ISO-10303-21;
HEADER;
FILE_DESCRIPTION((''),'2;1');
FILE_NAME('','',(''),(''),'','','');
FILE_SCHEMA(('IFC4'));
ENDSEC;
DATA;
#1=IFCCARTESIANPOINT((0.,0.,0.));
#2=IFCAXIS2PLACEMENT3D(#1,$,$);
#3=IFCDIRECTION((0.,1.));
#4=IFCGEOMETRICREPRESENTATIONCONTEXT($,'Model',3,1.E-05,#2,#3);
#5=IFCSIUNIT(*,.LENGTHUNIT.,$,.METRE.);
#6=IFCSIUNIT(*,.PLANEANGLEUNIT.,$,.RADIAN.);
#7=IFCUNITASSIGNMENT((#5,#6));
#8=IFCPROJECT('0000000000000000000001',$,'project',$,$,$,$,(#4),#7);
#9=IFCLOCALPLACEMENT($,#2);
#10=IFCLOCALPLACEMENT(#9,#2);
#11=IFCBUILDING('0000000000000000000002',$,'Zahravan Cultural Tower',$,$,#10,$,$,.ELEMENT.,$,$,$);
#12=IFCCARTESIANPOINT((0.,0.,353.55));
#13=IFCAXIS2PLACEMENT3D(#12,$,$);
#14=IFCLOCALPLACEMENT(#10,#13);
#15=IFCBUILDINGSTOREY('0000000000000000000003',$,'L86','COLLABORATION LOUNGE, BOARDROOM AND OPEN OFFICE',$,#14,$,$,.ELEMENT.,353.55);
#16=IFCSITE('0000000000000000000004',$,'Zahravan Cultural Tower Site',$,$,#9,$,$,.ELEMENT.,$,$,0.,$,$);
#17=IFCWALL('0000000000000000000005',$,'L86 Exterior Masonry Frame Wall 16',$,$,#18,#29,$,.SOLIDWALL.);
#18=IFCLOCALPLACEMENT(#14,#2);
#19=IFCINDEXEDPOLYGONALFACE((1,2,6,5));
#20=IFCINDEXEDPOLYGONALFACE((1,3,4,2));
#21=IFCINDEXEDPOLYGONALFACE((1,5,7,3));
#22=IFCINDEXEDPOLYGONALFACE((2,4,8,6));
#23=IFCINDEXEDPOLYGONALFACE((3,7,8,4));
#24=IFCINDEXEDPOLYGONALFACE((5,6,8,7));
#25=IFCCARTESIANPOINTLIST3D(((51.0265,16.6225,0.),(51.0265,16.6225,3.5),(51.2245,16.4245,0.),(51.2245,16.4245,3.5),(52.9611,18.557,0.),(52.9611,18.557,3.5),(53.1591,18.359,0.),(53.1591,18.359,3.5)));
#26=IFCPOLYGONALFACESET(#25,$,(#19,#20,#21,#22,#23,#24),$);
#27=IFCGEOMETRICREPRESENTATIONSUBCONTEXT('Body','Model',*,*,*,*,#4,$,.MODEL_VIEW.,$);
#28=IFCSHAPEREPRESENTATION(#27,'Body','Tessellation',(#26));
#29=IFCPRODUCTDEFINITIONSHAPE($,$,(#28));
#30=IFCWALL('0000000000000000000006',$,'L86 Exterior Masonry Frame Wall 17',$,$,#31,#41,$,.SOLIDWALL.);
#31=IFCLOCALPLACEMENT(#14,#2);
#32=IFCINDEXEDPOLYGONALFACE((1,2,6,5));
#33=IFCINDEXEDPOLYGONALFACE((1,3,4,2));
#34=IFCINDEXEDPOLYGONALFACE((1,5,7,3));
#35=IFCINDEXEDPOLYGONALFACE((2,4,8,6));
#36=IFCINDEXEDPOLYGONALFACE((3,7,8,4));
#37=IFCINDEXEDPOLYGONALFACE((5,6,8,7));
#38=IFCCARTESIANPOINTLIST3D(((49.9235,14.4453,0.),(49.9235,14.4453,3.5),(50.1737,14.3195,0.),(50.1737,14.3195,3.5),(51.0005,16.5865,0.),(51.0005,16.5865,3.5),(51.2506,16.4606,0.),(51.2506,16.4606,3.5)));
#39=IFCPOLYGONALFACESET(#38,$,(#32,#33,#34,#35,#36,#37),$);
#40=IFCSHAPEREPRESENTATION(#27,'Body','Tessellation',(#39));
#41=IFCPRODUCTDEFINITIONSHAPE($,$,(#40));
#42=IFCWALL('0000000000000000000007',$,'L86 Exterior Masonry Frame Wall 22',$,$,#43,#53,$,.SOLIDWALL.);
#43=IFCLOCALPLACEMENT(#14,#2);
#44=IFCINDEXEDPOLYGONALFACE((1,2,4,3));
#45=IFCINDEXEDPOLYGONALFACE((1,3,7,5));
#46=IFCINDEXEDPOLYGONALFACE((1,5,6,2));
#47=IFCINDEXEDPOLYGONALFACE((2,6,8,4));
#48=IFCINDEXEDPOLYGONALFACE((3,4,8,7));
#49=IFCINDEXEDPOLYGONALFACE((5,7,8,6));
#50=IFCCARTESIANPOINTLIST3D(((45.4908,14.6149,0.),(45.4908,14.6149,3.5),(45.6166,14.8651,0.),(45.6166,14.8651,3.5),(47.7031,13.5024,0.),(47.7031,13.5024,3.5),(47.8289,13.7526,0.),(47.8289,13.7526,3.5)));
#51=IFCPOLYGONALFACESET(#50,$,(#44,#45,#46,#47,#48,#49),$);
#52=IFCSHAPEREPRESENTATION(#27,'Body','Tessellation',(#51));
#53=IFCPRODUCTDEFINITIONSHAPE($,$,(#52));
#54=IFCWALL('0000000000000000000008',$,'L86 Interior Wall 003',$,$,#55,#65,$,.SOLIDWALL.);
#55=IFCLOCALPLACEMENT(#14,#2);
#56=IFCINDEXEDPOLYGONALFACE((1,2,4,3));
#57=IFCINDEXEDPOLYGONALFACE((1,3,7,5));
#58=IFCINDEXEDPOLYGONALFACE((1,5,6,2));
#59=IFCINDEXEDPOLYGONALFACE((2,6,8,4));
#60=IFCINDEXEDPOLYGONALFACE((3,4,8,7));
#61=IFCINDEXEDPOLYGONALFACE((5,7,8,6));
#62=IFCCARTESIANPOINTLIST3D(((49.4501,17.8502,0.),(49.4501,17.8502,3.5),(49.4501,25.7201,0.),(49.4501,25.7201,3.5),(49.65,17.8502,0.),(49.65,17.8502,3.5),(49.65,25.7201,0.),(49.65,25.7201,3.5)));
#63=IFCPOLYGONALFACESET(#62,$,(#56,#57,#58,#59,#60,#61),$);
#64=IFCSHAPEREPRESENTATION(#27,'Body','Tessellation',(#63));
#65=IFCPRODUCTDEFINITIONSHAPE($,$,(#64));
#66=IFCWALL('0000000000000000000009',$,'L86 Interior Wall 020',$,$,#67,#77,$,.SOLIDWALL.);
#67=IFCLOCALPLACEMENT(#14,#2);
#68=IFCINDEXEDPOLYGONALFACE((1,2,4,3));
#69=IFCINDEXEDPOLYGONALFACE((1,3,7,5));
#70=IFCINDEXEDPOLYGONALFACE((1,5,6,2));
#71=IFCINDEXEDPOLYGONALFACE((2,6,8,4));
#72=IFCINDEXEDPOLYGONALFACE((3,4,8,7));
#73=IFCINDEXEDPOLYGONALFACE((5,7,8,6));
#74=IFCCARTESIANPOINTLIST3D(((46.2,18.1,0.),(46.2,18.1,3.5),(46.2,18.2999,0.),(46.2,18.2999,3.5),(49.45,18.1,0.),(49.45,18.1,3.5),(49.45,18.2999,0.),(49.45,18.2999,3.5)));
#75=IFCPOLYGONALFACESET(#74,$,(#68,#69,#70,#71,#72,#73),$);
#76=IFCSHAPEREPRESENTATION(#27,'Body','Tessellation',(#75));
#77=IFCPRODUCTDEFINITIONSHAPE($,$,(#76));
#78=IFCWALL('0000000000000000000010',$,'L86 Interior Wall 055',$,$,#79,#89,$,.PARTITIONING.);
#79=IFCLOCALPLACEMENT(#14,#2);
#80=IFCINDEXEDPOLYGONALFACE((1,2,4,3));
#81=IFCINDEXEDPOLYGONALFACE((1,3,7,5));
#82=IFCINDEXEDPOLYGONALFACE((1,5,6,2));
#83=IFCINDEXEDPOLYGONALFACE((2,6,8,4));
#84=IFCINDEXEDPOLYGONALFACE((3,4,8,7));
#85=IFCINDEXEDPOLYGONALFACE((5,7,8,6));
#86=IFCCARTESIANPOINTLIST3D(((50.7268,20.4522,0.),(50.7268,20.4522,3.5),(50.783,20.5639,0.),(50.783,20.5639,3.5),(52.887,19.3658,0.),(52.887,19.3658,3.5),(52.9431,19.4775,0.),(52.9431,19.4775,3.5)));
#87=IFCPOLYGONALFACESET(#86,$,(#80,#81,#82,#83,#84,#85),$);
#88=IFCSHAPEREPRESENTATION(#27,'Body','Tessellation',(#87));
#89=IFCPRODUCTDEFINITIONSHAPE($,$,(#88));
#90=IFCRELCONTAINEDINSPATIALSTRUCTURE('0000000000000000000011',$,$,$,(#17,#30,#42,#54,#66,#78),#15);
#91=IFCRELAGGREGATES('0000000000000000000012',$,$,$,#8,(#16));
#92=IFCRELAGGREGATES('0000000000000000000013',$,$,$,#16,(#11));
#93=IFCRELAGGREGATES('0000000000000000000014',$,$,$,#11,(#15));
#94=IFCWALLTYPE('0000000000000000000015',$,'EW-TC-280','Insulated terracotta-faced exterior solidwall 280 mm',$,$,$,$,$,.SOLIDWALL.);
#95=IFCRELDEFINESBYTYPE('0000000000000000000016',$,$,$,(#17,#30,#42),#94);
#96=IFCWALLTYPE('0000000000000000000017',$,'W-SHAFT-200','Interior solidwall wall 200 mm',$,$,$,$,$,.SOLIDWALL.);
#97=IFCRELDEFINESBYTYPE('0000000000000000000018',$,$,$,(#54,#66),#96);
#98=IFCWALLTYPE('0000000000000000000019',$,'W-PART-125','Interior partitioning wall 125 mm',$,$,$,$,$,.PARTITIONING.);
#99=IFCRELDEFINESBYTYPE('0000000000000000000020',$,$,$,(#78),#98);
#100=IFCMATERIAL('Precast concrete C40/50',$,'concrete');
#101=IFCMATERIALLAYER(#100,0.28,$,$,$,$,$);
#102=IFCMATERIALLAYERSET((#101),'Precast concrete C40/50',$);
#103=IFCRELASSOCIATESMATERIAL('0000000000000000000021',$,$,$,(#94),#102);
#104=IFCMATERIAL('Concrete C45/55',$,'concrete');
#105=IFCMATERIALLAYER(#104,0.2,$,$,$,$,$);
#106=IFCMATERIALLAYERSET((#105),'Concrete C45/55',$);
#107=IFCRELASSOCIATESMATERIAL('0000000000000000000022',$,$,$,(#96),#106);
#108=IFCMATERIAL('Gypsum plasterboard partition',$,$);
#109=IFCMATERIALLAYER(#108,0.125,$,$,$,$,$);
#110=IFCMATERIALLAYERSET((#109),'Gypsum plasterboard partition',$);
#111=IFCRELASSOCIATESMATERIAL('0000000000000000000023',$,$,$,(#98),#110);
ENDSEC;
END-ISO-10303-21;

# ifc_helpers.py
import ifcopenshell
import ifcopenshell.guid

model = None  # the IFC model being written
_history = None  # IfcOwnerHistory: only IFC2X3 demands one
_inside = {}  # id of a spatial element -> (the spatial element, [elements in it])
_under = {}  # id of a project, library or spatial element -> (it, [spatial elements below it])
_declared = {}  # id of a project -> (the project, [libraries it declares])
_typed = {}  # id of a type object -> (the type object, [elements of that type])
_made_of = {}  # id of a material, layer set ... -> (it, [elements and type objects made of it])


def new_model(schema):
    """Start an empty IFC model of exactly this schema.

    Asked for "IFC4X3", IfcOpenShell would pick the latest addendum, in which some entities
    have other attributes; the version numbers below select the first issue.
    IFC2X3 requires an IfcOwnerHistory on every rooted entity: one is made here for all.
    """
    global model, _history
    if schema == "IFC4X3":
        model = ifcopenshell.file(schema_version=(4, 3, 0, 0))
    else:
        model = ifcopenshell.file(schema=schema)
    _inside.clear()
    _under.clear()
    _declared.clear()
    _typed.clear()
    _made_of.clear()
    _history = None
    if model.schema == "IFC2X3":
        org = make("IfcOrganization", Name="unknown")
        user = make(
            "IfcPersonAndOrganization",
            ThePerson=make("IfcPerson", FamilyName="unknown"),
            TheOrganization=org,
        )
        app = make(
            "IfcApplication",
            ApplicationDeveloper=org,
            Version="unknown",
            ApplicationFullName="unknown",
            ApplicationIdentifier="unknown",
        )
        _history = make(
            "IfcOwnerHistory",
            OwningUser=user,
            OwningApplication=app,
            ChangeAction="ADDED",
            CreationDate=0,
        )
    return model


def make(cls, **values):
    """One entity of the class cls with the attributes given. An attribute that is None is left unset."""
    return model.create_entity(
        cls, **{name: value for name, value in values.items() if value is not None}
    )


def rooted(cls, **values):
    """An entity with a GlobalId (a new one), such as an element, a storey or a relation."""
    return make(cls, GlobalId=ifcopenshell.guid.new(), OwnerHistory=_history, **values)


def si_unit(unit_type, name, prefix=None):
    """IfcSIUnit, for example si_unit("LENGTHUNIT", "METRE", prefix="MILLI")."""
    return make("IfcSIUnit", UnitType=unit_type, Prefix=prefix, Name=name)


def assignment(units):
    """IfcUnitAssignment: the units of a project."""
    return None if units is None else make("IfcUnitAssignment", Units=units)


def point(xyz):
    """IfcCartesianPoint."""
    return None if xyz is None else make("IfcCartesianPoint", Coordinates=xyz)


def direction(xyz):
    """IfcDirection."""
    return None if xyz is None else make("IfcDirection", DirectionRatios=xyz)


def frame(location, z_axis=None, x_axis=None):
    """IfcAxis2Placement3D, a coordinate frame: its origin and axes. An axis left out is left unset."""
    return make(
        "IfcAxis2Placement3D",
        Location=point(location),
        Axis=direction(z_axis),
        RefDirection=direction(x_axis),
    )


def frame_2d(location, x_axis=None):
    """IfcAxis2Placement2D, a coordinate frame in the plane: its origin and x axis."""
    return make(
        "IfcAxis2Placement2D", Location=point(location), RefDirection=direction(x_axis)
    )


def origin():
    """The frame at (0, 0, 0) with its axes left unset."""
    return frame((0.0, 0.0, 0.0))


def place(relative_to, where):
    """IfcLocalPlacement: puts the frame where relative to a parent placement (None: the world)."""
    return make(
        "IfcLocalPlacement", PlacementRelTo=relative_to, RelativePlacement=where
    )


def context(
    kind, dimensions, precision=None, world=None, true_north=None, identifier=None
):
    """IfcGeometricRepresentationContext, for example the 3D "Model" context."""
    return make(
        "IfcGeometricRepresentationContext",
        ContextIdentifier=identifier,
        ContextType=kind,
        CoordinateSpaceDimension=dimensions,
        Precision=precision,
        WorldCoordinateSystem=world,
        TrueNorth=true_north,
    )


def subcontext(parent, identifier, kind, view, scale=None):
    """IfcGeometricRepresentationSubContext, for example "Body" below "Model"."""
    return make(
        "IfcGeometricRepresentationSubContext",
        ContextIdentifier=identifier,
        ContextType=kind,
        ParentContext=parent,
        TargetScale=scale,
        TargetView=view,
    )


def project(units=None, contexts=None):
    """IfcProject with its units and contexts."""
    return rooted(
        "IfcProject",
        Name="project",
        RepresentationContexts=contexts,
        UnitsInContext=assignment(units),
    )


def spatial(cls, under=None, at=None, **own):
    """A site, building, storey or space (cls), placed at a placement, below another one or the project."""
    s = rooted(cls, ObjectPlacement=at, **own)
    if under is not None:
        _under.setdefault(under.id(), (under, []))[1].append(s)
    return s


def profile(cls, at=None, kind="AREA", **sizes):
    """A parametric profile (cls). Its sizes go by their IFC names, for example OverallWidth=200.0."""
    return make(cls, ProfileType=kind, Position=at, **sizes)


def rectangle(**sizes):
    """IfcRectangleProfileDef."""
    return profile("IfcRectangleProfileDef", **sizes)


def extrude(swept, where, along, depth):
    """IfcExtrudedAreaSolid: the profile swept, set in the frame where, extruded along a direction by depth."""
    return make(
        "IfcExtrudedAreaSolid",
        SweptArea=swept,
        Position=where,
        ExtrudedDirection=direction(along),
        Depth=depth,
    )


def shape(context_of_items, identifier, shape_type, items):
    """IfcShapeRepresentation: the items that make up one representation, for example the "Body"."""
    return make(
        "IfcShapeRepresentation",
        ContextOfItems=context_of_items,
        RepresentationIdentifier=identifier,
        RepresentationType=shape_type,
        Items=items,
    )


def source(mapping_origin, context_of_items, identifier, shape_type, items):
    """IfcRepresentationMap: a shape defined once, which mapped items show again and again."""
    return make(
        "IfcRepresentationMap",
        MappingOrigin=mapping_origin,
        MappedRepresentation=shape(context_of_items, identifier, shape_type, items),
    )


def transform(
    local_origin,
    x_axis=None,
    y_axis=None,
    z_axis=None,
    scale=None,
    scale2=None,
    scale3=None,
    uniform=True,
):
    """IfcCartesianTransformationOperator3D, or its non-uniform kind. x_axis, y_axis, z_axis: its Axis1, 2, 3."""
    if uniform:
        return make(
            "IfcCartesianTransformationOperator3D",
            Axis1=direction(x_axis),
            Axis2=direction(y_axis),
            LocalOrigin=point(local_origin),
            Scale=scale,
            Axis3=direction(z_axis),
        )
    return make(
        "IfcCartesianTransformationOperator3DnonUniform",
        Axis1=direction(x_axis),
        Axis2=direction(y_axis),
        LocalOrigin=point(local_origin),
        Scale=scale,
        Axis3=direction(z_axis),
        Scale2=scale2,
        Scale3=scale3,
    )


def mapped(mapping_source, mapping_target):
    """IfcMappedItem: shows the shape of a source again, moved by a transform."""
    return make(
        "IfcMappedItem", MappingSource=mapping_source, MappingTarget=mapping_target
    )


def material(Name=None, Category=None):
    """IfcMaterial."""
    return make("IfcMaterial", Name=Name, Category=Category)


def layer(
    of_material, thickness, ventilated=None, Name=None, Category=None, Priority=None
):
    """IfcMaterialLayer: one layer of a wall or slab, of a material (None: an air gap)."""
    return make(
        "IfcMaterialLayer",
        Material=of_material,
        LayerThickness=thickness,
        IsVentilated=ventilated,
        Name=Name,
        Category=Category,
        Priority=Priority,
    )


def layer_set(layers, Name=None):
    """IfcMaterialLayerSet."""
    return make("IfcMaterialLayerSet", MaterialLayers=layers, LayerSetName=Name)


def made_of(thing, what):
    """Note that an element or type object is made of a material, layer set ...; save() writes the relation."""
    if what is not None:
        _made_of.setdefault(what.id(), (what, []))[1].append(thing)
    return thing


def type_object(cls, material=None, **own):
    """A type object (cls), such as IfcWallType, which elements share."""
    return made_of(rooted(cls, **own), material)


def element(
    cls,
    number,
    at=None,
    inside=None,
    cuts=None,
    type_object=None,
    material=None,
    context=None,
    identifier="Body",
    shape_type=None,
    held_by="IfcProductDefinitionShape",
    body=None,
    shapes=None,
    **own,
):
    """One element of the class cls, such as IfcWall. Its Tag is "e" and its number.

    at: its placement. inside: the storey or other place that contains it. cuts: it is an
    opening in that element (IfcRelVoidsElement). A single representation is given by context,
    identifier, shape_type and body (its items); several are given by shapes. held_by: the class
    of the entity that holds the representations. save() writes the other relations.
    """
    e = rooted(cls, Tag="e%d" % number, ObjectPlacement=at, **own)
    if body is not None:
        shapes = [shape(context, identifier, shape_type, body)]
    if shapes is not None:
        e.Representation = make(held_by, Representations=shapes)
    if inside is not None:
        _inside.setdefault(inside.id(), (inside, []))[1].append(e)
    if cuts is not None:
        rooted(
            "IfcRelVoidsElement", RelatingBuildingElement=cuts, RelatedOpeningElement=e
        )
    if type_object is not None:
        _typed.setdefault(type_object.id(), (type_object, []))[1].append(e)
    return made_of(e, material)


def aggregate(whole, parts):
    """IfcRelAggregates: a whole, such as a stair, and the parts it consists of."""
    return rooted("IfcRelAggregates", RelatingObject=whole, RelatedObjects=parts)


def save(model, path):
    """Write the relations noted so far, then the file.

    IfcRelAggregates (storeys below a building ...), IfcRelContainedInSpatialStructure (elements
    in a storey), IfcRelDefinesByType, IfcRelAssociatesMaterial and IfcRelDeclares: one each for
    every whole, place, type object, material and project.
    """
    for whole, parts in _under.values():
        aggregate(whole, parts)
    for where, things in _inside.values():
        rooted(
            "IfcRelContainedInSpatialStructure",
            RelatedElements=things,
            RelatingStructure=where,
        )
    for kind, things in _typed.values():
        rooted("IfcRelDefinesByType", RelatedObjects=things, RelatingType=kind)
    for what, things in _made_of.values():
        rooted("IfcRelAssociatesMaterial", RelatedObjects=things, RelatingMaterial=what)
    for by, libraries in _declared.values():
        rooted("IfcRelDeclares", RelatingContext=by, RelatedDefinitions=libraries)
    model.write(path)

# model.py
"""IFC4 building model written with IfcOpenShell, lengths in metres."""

from ifc_helpers import new_model, si_unit, direction, frame, frame_2d, origin, place, context, subcontext, project, spatial, rectangle, extrude, source, transform, mapped, material, layer, layer_set, type_object, element, save


model = new_model("IFC4")

# Units and contexts
model_context = context("Model", 3, precision=1e-05, world=origin(), true_north=direction((0.0, 1.0)))
body_context = subcontext(model_context, "Body", "Model", "MODEL_VIEW")
ifc_project = project(units=[si_unit("LENGTHUNIT", "METRE"), si_unit("PLANEANGLEUNIT", "RADIAN")], contexts=[model_context])

# Site, building, storey
site_placement = place(None, origin())
site = spatial("IfcSite", under=ifc_project, at=site_placement, Name="Zahravan Cultural Tower Site", CompositionType="ELEMENT", RefElevation=0.0)
building_placement = place(site_placement, origin())
building = spatial("IfcBuilding", under=site, at=building_placement, Name="Zahravan Cultural Tower", CompositionType="ELEMENT")
storey_placement = place(building_placement, frame((0.0, 0.0, 353.55)))
storey = spatial("IfcBuildingStorey", under=building, at=storey_placement, Name="L86", Description="COLLABORATION LOUNGE, BOARDROOM AND OPEN OFFICE", CompositionType="ELEMENT", Elevation=353.55)

# Walls
ifc_material_1 = material(Name="Precast concrete C40/50", Category="concrete")
ifc_layer_1 = layer(ifc_material_1, 0.28)
ifc_layer_set_1 = layer_set([ifc_layer_1], Name="Precast concrete C40/50")
wall_type_1 = type_object("IfcWallType", Name="EW-TC-280", Description="Insulated terracotta-faced exterior solidwall 280 mm", PredefinedType="SOLIDWALL", material=ifc_layer_set_1)
shared_shape_1 = source(origin(), body_context, "Body", "SweptSolid", [
    extrude(rectangle(XDim=2.7358, YDim=0.28, at=frame_2d((1.3679, 0.0))), origin(), (0.0, 0.0, 1.0), 3.5),
])
wall_1_placement = place(storey_placement, frame((53.0601, 18.458, 0.0), z_axis=(0.0, 0.0, 1.0), x_axis=(-0.707107, -0.707107, 0.0)))
element("IfcWall", 1, at=wall_1_placement, inside=storey, type_object=wall_type_1, Name="L86 Exterior Masonry Frame Wall 16", PredefinedType="SOLIDWALL", context=body_context, shape_type="MappedRepresentation", body=[
    mapped(shared_shape_1, transform((0.0, 0.0, 0.0), x_axis=(1.0, 0.0, 0.0), y_axis=(0.0, 1.0, 0.0), z_axis=(0.0, 0.0, 1.0), scale=1.0)),
])
shared_shape_2 = source(origin(), body_context, "Body", "SweptSolid", [
    extrude(rectangle(XDim=2.3967, YDim=0.28, at=frame_2d((1.1982, 0.0))), origin(), (0.0, 0.0, 1.0), 3.5),
])
wall_2_placement = place(storey_placement, frame((51.1255, 16.5234, 0.0), z_axis=(0.0, 0.0, 1.0), x_axis=(-0.449331, -0.893365, 0.0)))
element("IfcWall", 2, at=wall_2_placement, inside=storey, type_object=wall_type_1, Name="L86 Exterior Masonry Frame Wall 17", PredefinedType="SOLIDWALL", context=body_context, shape_type="MappedRepresentation", body=[
    mapped(shared_shape_2, transform((0.0, 0.0, 0.0), x_axis=(1.0, 0.0, 0.0), y_axis=(0.0, 1.0, 0.0), z_axis=(0.0, 0.0, 1.0), scale=1.0)),
])
shared_shape_3 = source(origin(), body_context, "Body", "SweptSolid", [
    extrude(rectangle(XDim=2.4763, YDim=0.28, at=frame_2d((1.2383, 0.0))), origin(), (0.0, 0.0, 1.0), 3.5),
])
wall_3_placement = place(storey_placement, frame((47.7661, 13.6274, 0.0), z_axis=(0.0, 0.0, 1.0), x_axis=(-0.8934, 0.449263, 0.0)))
element("IfcWall", 3, at=wall_3_placement, inside=storey, type_object=wall_type_1, Name="L86 Exterior Masonry Frame Wall 22", PredefinedType="SOLIDWALL", context=body_context, shape_type="MappedRepresentation", body=[
    mapped(shared_shape_3, transform((0.0, 0.0, 0.0), x_axis=(1.0, 0.0, 0.0), y_axis=(0.0, 1.0, 0.0), z_axis=(0.0, 0.0, 1.0), scale=1.0)),
])
ifc_material_2 = material(Name="Concrete C45/55", Category="concrete")
ifc_layer_2 = layer(ifc_material_2, 0.2)
ifc_layer_set_2 = layer_set([ifc_layer_2], Name="Concrete C45/55")
wall_type_2 = type_object("IfcWallType", Name="W-SHAFT-200", Description="Interior solidwall wall 200 mm", PredefinedType="SOLIDWALL", material=ifc_layer_set_2)
shared_shape_4 = source(origin(), body_context, "Body", "SweptSolid", [
    extrude(rectangle(XDim=7.8699, YDim=0.2, at=frame_2d((3.9351, 0.0))), origin(), (0.0, 0.0, 1.0), 3.5),
])
wall_4_placement = place(storey_placement, frame((49.55, 17.8501, 0.0), z_axis=(0.0, 0.0, 1.0), x_axis=(0.0, 1.0, 0.0)))
element("IfcWall", 4, at=wall_4_placement, inside=storey, type_object=wall_type_2, Name="L86 Interior Wall 003", PredefinedType="SOLIDWALL", context=body_context, shape_type="MappedRepresentation", body=[
    mapped(shared_shape_4, transform((0.0, 0.0, 0.0), x_axis=(1.0, 0.0, 0.0), y_axis=(0.0, 1.0, 0.0), z_axis=(0.0, 0.0, 1.0), scale=1.0)),
])
shared_shape_5 = source(origin(), body_context, "Body", "SweptSolid", [
    extrude(rectangle(XDim=3.25, YDim=0.2, at=frame_2d((1.625, 0.0))), origin(), (0.0, 0.0, 1.0), 3.5),
])
wall_5_placement = place(storey_placement, frame((46.2, 18.2, 0.0), z_axis=(0.0, 0.0, 1.0), x_axis=(1.0, 0.0, 0.0)))
element("IfcWall", 5, at=wall_5_placement, inside=storey, type_object=wall_type_2, Name="L86 Interior Wall 020", PredefinedType="SOLIDWALL", context=body_context, shape_type="MappedRepresentation", body=[
    mapped(shared_shape_5, transform((0.0, 0.0, 0.0), x_axis=(1.0, 0.0, 0.0), y_axis=(0.0, 1.0, 0.0), z_axis=(0.0, 0.0, 1.0), scale=1.0)),
])
ifc_material_3 = material(Name="Gypsum plasterboard partition")
ifc_layer_3 = layer(ifc_material_3, 0.125)
ifc_layer_set_3 = layer_set([ifc_layer_3], Name="Gypsum plasterboard partition")
wall_type_3 = type_object("IfcWallType", Name="W-PART-125", Description="Interior partitioning wall 125 mm", PredefinedType="PARTITIONING", material=ifc_layer_set_3)
shared_shape_6 = source(origin(), body_context, "Body", "SweptSolid", [
    extrude(rectangle(XDim=2.418, YDim=0.125, at=frame_2d((1.209, 0.0))), origin(), (0.0, 0.0, 1.0), 3.5),
])
wall_6_placement = place(storey_placement, frame((52.915, 19.4216, 0.0), z_axis=(0.0, 0.0, 1.0), x_axis=(-0.893375, 0.449313, 0.0)))
element("IfcWall", 6, at=wall_6_placement, inside=storey, type_object=wall_type_3, Name="L86 Interior Wall 055", PredefinedType="PARTITIONING", context=body_context, shape_type="MappedRepresentation", body=[
    mapped(shared_shape_6, transform((0.0, 0.0, 0.0), x_axis=(1.0, 0.0, 0.0), y_axis=(0.0, 1.0, 0.0), z_axis=(0.0, 0.0, 1.0), scale=1.0)),
])

save(model, "model.ifc")
